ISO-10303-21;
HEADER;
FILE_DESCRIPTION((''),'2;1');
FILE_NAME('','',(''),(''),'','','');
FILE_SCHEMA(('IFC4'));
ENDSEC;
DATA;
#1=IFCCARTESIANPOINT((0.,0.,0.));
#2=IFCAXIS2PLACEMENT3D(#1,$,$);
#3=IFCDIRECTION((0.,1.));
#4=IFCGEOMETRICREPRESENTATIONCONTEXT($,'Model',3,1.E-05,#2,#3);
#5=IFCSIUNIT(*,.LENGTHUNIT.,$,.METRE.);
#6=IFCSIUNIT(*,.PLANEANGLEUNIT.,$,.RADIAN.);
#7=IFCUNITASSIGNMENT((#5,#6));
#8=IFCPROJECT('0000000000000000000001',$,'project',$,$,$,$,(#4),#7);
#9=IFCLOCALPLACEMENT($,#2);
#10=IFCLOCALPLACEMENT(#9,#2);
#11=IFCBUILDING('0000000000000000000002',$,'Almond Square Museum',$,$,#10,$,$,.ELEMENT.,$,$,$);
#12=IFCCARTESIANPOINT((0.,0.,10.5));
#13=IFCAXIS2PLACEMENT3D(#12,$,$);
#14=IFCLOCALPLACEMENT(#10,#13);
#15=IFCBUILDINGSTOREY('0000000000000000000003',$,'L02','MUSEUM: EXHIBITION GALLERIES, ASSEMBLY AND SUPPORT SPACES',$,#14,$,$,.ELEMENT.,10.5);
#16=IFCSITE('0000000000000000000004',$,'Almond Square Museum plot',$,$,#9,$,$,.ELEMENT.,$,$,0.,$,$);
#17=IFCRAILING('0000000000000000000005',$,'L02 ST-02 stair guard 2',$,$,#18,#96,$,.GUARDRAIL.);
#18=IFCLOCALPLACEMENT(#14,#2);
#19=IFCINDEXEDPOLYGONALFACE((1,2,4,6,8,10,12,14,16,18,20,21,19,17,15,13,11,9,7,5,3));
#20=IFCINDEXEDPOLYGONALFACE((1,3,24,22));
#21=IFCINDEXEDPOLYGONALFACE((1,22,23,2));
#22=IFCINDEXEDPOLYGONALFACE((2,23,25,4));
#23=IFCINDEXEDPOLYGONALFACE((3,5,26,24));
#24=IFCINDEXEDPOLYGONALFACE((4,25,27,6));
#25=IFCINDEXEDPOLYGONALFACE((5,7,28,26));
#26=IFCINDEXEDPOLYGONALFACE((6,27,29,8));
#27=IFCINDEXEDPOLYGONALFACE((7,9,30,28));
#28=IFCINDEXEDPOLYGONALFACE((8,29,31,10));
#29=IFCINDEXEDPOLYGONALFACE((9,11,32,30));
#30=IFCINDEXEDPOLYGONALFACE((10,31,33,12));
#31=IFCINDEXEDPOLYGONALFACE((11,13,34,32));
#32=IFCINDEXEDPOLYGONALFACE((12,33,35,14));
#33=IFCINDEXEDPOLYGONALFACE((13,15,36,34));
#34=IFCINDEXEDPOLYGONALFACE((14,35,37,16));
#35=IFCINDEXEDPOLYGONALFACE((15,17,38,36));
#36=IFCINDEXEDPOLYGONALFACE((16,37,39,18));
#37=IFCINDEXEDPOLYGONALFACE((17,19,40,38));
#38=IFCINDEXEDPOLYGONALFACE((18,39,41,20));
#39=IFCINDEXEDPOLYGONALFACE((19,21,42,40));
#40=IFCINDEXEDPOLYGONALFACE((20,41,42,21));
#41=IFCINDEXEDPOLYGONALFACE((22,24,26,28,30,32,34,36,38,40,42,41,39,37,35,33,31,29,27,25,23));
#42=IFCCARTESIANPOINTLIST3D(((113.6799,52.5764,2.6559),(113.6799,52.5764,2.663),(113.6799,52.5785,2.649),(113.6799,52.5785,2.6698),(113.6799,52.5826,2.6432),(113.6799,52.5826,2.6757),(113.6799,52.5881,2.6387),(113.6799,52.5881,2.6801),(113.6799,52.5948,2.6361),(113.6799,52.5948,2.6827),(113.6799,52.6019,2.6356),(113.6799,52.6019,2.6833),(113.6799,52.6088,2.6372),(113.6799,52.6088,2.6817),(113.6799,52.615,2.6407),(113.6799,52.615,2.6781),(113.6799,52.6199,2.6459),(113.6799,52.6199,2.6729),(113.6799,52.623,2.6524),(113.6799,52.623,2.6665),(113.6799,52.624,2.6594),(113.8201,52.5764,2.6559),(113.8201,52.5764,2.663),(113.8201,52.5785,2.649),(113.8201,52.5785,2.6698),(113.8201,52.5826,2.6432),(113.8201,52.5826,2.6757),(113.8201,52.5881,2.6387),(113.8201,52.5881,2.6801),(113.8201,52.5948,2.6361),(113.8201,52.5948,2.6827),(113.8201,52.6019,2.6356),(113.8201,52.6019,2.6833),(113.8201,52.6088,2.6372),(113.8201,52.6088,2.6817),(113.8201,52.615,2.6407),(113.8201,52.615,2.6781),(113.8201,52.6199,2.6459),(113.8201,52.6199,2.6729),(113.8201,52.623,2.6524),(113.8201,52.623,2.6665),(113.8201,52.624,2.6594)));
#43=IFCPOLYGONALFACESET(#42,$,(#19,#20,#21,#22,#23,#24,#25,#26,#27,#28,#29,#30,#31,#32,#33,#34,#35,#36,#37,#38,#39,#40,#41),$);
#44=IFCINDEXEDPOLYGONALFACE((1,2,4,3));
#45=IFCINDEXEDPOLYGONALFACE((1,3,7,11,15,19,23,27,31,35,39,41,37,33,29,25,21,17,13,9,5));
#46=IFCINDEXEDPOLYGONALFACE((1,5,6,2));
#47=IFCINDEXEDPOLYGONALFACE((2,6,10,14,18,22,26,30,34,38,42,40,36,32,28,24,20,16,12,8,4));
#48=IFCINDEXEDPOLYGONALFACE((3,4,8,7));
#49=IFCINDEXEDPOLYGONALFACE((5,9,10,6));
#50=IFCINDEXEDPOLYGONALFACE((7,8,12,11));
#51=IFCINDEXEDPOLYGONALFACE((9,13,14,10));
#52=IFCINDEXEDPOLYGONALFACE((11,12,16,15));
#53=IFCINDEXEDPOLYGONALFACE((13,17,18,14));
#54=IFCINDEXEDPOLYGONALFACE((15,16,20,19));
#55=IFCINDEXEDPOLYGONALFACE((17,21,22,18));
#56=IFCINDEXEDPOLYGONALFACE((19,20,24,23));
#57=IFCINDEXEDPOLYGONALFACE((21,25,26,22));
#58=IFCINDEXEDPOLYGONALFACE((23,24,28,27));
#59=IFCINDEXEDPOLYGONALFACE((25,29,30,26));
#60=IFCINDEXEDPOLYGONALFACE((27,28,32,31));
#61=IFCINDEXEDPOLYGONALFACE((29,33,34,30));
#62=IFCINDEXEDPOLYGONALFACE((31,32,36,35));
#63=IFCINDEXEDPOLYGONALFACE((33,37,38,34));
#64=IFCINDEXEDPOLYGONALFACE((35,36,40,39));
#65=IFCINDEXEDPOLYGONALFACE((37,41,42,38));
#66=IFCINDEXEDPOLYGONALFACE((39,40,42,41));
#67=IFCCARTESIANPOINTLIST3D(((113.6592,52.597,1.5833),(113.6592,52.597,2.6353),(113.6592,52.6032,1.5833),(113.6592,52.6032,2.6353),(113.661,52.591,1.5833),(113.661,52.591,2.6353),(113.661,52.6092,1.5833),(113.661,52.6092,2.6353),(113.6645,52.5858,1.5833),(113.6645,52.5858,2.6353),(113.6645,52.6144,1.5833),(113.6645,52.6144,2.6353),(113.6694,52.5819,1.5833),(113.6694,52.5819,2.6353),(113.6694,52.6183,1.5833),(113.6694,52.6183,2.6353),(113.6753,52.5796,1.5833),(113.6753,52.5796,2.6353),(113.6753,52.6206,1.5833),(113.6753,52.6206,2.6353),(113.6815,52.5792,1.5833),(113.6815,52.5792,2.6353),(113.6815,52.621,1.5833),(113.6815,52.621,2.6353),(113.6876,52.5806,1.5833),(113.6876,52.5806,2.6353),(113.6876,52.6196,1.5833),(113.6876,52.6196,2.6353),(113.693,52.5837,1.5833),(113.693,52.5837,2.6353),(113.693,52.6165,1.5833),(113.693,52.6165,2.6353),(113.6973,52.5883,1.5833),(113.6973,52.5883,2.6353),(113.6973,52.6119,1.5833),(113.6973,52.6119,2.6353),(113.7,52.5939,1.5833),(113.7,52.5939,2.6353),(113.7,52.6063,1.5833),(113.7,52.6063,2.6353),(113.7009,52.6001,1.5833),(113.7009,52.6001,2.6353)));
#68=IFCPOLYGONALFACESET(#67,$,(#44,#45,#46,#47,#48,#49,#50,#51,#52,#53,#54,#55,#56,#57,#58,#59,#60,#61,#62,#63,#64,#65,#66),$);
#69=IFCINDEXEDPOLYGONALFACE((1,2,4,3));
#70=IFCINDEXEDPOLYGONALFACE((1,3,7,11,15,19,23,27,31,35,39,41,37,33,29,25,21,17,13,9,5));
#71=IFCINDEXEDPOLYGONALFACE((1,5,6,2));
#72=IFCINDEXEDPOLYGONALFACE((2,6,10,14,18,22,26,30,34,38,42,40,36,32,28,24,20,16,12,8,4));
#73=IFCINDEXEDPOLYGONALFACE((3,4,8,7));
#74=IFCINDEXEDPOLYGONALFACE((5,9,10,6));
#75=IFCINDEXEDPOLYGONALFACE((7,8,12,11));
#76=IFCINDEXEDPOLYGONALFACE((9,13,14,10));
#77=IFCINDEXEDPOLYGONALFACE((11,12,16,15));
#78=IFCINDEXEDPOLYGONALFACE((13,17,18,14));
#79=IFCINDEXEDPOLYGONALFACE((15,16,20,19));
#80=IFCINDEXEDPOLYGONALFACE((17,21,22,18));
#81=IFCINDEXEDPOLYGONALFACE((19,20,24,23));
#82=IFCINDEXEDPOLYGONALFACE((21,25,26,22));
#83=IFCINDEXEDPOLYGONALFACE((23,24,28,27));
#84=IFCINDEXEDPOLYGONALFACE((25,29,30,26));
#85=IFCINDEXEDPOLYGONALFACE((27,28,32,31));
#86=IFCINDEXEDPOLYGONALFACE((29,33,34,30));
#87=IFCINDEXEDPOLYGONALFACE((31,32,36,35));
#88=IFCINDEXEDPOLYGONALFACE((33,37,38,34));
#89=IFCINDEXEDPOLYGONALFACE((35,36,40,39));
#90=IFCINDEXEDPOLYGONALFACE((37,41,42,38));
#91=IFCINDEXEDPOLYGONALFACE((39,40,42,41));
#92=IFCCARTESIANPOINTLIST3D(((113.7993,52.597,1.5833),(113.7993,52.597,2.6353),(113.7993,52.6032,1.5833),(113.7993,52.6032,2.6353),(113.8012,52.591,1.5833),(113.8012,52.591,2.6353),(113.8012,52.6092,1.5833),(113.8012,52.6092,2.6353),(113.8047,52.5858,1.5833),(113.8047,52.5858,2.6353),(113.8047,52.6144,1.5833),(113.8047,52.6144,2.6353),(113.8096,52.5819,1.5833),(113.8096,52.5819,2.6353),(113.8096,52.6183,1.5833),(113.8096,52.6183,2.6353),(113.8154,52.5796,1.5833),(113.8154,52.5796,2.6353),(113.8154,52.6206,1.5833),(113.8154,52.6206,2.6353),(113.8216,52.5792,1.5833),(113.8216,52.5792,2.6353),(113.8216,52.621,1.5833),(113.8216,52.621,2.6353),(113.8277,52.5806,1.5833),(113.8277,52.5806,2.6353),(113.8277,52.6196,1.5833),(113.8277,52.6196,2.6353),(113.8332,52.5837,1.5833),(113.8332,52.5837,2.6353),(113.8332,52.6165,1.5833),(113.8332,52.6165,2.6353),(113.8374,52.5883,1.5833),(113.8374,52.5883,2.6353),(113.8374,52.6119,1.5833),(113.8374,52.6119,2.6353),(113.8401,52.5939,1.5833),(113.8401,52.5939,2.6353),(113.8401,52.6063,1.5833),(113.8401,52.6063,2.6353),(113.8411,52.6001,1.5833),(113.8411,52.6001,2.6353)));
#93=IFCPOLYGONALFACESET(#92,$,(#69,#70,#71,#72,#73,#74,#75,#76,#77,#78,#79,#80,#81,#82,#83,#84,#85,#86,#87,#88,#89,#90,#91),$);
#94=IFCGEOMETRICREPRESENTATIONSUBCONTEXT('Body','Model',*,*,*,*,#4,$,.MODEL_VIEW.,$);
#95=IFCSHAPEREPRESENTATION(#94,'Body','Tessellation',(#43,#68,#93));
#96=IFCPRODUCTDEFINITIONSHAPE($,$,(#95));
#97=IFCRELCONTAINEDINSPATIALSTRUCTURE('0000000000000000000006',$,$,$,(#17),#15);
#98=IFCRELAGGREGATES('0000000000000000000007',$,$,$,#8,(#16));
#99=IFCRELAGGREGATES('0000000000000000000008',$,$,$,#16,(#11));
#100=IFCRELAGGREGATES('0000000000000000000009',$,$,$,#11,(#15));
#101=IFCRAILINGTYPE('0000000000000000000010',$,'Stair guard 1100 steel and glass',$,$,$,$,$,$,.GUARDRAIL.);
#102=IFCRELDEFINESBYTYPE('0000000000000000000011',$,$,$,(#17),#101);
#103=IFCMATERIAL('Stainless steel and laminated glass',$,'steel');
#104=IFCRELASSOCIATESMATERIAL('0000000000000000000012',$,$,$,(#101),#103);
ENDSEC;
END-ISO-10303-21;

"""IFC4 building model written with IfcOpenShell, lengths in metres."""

from ifc_helpers import new_model, si_unit, direction, frame, origin, origin_2d, place, context, subcontext, project, spatial, circle, extrude, material, type_object, element, save


model = new_model("IFC4")

# Units and contexts
model_context = context("Model", 3, precision=1e-05, world=origin(), true_north=direction((0.0, 1.0)))
body_context = subcontext(model_context, "Body", "Model", "MODEL_VIEW")
ifc_project = project(units=[si_unit("LENGTHUNIT", "METRE"), si_unit("PLANEANGLEUNIT", "RADIAN")], contexts=[model_context])

# Site, building, storey
site_placement = place(None, origin())
site = spatial("IfcSite", under=ifc_project, at=site_placement, Name="Almond Square Museum plot", CompositionType="ELEMENT", RefElevation=0.0)
building_placement = place(site_placement, origin())
building = spatial("IfcBuilding", under=site, at=building_placement, Name="Almond Square Museum", CompositionType="ELEMENT")
storey_placement = place(building_placement, frame((0.0, 0.0, 10.5)))
storey = spatial("IfcBuildingStorey", under=building, at=storey_placement, Name="L02", Description="MUSEUM: EXHIBITION GALLERIES, ASSEMBLY AND SUPPORT SPACES", CompositionType="ELEMENT", Elevation=10.5)

# Railing
ifc_material_1 = material(Name="Stainless steel and laminated glass", Category="steel")
railing_type_1 = type_object("IfcRailingType", Name="Stair guard 1100 steel and glass", PredefinedType="GUARDRAIL", material=ifc_material_1)
railing_1_placement = place(storey_placement, frame((113.6799, 52.6001, 1.5833)))
element("IfcRailing", 1, at=railing_1_placement, inside=storey, type_object=railing_type_1, Name="L02 ST-02 stair guard 2", PredefinedType="GUARDRAIL", context=body_context, shape_type="SweptSolid", body=[
    extrude(circle(Radius=0.0239, at=origin_2d()), frame((0.0, 0.0, 1.0762), z_axis=(1.0, 0.0, 0.0), x_axis=(0.0, 1.0, 0.0)), (0.0, 0.0, 1.0), 0.1401),
    extrude(circle(Radius=0.021, at=origin_2d()), origin(), (0.0, 0.0, 1.0), 1.052),
    extrude(circle(Radius=0.021, at=origin_2d()), frame((0.1401, 0.0, 0.0)), (0.0, 0.0, 1.0), 1.052),
])

save(model, "model.ifc")
